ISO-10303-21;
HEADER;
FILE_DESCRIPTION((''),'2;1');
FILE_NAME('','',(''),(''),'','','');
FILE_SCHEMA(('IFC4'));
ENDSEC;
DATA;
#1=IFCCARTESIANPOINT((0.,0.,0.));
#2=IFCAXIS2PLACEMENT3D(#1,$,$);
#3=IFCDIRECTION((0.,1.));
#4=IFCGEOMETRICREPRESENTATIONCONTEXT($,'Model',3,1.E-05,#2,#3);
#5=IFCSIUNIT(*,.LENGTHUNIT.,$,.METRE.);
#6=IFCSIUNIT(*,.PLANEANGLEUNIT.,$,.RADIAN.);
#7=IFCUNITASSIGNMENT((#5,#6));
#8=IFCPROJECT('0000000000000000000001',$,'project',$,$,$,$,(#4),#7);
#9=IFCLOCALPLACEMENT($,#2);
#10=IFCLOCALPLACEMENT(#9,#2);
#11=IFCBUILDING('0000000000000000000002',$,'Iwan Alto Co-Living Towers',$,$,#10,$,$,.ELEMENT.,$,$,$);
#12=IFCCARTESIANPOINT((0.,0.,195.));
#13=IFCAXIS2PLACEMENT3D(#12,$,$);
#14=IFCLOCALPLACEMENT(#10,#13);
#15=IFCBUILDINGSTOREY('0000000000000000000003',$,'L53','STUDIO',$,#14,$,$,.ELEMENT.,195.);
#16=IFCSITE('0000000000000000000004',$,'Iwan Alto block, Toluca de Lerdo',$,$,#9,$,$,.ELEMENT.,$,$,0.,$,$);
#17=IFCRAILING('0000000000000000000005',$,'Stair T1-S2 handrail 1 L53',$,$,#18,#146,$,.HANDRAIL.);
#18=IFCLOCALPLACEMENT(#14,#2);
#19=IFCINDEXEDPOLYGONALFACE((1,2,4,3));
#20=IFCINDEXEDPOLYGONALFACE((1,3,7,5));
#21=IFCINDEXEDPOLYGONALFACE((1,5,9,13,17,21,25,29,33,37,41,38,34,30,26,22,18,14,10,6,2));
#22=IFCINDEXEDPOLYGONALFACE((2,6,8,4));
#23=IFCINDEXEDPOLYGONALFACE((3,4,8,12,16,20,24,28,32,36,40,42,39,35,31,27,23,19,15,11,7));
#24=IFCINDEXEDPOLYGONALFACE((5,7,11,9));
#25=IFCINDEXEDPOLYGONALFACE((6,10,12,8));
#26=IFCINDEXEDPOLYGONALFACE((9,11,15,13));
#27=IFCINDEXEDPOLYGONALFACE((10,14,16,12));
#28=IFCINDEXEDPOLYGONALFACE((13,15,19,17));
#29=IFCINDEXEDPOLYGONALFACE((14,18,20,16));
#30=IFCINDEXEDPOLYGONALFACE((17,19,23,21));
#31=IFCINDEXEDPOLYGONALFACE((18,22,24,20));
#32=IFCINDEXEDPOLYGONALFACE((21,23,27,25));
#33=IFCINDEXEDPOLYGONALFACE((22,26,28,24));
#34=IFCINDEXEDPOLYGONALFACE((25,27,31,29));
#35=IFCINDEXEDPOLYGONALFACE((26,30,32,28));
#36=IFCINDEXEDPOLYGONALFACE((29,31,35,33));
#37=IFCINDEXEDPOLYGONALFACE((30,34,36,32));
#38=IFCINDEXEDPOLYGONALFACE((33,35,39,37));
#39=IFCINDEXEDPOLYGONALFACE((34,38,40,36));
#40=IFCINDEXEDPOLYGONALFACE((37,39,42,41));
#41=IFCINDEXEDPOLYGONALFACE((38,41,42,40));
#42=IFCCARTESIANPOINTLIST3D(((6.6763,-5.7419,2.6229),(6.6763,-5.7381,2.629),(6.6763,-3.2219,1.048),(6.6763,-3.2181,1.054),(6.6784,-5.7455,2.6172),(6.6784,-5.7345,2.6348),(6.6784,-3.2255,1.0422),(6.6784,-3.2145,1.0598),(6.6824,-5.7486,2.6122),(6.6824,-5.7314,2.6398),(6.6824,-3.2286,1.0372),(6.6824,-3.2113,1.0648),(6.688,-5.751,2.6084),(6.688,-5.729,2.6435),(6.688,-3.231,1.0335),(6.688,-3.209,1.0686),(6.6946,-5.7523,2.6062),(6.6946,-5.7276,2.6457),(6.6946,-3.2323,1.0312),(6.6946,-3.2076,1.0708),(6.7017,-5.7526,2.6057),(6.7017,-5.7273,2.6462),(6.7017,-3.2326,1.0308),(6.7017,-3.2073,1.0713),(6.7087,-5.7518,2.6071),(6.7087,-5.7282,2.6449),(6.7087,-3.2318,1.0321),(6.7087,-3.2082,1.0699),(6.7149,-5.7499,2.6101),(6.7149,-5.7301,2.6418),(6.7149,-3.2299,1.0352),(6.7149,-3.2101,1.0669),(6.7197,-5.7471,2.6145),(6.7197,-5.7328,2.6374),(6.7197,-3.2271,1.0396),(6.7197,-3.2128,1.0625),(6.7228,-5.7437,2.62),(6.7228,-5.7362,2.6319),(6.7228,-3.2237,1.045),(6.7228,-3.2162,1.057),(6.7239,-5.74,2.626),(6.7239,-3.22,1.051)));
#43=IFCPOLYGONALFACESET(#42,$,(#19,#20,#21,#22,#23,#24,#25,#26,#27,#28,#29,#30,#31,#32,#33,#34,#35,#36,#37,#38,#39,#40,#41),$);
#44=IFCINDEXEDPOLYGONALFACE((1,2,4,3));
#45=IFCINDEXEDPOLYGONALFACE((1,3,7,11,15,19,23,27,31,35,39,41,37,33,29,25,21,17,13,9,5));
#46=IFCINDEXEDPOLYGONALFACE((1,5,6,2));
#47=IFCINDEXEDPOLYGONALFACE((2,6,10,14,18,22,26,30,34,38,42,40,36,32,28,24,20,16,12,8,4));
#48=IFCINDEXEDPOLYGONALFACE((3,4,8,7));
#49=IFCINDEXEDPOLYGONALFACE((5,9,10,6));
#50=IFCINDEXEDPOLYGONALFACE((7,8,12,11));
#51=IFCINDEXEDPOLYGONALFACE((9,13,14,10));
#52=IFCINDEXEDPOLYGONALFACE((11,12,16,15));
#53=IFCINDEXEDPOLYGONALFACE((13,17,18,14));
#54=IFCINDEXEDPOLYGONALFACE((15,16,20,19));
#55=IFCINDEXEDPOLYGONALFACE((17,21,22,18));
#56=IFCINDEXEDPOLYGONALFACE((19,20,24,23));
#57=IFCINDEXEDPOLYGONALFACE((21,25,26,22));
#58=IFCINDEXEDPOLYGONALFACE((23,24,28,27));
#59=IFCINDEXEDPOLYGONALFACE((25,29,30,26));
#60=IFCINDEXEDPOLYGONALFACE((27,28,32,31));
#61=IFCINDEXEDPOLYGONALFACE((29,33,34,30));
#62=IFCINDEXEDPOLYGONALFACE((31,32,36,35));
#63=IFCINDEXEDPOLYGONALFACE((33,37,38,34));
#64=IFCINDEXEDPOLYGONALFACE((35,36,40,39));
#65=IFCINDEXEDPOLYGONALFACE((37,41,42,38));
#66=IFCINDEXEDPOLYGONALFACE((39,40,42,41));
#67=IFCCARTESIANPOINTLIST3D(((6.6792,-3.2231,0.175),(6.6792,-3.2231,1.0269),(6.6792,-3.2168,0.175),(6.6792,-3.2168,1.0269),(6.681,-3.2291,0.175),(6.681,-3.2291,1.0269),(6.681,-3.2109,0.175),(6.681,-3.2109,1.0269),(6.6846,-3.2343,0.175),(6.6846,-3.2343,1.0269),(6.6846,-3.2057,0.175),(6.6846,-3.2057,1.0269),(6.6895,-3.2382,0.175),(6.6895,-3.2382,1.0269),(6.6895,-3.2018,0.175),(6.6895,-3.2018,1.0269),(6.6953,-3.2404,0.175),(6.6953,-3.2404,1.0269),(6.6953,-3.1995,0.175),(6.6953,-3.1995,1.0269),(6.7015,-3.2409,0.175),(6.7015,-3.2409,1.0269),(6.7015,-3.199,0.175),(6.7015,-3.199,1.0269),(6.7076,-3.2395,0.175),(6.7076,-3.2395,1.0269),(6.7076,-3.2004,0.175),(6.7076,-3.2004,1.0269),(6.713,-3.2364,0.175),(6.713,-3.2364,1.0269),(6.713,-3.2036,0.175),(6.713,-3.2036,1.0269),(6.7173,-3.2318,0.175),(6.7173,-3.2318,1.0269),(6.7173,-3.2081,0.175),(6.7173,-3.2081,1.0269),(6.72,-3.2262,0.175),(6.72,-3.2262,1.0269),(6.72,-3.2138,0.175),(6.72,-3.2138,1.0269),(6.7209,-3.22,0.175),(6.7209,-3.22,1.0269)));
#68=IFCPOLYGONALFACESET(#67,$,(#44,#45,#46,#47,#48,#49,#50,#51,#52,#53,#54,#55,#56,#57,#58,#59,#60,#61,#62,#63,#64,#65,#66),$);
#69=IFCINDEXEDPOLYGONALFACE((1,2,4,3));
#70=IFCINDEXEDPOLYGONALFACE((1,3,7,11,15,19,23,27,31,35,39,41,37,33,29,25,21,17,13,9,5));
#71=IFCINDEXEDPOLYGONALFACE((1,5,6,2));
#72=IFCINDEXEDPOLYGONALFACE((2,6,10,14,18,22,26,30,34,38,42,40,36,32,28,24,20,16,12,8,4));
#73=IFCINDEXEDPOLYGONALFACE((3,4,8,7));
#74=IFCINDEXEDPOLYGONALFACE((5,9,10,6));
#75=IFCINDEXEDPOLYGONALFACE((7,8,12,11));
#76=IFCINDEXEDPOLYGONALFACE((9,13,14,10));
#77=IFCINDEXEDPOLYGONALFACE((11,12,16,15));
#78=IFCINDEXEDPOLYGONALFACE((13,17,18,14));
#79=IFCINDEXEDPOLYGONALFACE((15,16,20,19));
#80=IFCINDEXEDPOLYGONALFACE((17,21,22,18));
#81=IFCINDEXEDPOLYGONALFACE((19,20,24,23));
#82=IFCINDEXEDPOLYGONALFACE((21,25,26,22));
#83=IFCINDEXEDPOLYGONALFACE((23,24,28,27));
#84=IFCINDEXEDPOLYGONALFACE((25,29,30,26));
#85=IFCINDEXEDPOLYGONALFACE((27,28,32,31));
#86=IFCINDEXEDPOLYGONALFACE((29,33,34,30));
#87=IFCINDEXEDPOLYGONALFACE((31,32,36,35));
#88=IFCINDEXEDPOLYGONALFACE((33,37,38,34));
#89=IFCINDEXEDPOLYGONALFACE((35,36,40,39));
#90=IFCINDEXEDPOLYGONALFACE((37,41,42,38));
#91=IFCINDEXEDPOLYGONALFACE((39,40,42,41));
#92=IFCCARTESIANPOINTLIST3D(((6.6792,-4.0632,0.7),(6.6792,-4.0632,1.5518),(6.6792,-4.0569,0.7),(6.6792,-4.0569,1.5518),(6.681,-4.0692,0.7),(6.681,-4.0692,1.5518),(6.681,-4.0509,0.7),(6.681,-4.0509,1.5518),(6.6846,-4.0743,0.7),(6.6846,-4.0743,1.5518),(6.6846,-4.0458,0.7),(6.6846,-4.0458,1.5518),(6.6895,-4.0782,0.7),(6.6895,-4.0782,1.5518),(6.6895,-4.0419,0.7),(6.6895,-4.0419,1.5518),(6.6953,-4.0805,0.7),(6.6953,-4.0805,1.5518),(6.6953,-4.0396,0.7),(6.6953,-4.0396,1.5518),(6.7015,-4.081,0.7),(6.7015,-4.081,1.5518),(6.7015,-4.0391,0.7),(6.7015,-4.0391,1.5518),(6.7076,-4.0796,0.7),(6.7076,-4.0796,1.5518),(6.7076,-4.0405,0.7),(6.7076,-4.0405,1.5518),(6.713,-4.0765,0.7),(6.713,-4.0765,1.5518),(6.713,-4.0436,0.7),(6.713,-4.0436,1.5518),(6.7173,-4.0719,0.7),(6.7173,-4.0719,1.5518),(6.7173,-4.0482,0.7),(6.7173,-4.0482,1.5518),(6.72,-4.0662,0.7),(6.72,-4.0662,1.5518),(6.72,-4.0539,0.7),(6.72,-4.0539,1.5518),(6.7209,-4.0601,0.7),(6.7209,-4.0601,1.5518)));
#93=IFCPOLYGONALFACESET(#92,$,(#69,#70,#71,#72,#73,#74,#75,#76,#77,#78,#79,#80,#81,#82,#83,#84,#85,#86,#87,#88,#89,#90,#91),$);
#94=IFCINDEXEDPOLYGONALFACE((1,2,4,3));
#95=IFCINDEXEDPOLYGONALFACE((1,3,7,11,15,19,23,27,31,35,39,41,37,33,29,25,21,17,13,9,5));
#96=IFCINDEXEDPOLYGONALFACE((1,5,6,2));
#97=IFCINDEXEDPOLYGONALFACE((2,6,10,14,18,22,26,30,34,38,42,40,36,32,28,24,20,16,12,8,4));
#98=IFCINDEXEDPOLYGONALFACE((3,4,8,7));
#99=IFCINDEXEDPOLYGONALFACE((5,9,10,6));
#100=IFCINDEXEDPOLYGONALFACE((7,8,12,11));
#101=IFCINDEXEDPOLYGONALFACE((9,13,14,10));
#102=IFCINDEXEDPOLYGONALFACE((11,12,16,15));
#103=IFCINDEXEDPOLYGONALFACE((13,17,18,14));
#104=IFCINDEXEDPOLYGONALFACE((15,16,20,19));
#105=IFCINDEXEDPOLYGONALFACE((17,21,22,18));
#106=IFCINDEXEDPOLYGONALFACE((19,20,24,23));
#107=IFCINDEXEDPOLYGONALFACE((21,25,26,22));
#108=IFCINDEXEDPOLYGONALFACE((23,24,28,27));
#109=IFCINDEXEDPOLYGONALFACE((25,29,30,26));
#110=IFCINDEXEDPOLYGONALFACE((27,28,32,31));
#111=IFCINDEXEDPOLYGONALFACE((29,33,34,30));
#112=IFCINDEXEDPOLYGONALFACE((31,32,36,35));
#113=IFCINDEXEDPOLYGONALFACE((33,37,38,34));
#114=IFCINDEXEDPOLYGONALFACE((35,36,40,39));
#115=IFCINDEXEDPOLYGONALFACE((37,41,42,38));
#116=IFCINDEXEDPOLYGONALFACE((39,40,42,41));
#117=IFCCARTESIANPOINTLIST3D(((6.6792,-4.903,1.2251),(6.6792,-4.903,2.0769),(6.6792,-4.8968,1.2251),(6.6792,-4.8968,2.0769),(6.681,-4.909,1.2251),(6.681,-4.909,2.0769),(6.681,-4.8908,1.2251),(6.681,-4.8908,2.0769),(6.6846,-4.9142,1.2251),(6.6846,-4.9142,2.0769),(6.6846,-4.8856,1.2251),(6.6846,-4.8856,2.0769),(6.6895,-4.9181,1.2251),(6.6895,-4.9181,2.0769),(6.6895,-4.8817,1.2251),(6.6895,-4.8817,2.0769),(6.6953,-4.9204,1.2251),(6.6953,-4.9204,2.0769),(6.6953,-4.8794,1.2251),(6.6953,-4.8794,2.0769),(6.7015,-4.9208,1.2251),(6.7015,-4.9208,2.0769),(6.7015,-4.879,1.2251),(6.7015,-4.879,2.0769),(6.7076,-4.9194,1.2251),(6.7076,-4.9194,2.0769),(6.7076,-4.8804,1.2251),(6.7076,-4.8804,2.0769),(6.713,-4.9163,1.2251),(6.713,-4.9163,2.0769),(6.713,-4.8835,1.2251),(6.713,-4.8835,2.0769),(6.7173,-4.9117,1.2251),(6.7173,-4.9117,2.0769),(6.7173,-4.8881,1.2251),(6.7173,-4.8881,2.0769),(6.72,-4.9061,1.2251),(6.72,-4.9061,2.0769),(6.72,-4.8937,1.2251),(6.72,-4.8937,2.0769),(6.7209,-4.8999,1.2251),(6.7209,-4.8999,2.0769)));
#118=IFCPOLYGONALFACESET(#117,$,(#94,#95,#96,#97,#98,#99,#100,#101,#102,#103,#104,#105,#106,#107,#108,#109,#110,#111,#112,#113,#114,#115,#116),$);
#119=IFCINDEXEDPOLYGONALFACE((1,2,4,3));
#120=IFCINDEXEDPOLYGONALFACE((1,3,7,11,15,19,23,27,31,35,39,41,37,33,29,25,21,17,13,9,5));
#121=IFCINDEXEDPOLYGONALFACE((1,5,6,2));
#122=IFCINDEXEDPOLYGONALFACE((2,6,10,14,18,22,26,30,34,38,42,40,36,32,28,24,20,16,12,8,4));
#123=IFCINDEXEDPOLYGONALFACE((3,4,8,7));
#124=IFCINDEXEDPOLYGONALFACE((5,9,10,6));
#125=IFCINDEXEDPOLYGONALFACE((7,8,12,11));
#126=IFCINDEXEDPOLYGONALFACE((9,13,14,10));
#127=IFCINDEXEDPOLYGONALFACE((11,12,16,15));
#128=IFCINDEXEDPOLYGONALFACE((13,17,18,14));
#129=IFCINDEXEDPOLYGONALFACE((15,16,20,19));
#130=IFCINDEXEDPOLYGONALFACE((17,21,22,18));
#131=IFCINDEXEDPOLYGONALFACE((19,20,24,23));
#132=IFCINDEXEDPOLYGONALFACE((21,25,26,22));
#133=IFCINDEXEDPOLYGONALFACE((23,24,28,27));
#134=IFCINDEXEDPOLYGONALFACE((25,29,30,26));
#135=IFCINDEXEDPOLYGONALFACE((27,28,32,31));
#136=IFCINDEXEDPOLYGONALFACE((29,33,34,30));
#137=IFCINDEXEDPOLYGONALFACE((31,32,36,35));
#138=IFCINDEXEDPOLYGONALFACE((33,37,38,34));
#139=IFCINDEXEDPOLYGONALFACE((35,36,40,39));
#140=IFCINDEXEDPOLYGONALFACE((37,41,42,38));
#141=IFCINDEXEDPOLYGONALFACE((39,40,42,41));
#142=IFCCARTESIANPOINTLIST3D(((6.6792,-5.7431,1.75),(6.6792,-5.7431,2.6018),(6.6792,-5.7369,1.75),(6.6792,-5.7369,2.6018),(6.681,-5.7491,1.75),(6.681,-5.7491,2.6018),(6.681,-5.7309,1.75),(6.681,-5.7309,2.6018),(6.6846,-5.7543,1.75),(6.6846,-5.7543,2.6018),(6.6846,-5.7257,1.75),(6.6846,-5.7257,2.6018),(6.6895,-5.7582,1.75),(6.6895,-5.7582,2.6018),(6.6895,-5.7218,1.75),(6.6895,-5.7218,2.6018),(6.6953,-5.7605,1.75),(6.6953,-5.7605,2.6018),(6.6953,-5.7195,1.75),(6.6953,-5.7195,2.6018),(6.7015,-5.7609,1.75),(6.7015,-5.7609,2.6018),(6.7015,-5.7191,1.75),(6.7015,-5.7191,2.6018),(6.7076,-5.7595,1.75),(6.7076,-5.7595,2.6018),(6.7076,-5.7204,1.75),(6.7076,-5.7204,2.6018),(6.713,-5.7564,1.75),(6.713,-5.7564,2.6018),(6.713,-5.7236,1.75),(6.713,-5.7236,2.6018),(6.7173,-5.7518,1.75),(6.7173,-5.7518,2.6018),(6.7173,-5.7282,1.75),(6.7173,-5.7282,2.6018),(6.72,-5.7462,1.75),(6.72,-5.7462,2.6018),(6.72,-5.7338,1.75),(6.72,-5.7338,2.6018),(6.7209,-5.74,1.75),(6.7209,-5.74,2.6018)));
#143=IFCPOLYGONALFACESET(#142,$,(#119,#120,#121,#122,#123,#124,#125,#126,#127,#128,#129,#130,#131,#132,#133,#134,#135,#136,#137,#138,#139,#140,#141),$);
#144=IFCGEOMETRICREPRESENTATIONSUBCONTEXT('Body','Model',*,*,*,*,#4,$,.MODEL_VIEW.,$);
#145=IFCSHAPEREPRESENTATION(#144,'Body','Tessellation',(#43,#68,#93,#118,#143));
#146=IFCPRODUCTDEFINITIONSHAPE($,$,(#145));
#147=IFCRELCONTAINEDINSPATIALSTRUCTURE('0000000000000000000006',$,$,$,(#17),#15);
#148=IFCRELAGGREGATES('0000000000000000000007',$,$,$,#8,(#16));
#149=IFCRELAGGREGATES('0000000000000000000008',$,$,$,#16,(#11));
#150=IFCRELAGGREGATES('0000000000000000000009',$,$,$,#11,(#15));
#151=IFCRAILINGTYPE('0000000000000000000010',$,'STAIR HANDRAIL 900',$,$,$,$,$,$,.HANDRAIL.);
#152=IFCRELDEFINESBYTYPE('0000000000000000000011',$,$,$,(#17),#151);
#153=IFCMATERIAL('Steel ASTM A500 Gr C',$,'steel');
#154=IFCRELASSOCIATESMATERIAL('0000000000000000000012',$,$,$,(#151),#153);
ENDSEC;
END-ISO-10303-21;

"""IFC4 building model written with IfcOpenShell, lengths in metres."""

from ifc_helpers import new_model, si_unit, direction, frame, origin, origin_2d, place, context, subcontext, project, spatial, circle, extrude, material, type_object, element, save


model = new_model("IFC4")

# Units and contexts
model_context = context("Model", 3, precision=1e-05, world=origin(), true_north=direction((0.0, 1.0)))
body_context = subcontext(model_context, "Body", "Model", "MODEL_VIEW")
ifc_project = project(units=[si_unit("LENGTHUNIT", "METRE"), si_unit("PLANEANGLEUNIT", "RADIAN")], contexts=[model_context])

# Site, building, storey
site_placement = place(None, origin())
site = spatial("IfcSite", under=ifc_project, at=site_placement, Name="Iwan Alto block, Toluca de Lerdo", CompositionType="ELEMENT", RefElevation=0.0)
building_placement = place(site_placement, origin())
building = spatial("IfcBuilding", under=site, at=building_placement, Name="Iwan Alto Co-Living Towers", CompositionType="ELEMENT")
storey_placement = place(building_placement, frame((0.0, 0.0, 195.0)))
storey = spatial("IfcBuildingStorey", under=building, at=storey_placement, Name="L53", Description="STUDIO", CompositionType="ELEMENT", Elevation=195.0)

# Railing
ifc_material_1 = material(Name="Steel ASTM A500 Gr C", Category="steel")
railing_type_1 = type_object("IfcRailingType", Name="STAIR HANDRAIL 900", PredefinedType="HANDRAIL", material=ifc_material_1)
railing_1_placement = place(storey_placement, frame((6.7, -3.22, 0.175)))
element("IfcRailing", 1, at=railing_1_placement, inside=storey, type_object=railing_type_1, Name="Stair T1-S2 handrail 1 L53", PredefinedType="HANDRAIL", context=body_context, shape_type="SweptSolid", body=[
    extrude(circle(Radius=0.0239, at=origin_2d()), frame((0.0, 0.0, 0.876), z_axis=(0.0, -0.848008, 0.529984), x_axis=(1.0, 0.0, 0.0)), (0.0, 0.0, 1.0), 2.9717),
    extrude(circle(Radius=0.021, at=origin_2d()), origin(), (0.0, 0.0, 1.0), 0.8518),
    extrude(circle(Radius=0.021, at=origin_2d()), frame((0.0, -0.8401, 0.5249)), (0.0, 0.0, 1.0), 0.8518),
    extrude(circle(Radius=0.021, at=origin_2d()), frame((0.0, -1.6799, 1.05)), (0.0, 0.0, 1.0), 0.8518),
    extrude(circle(Radius=0.021, at=origin_2d()), frame((0.0, -2.52, 1.575)), (0.0, 0.0, 1.0), 0.8518),
])

save(model, "model.ifc")
